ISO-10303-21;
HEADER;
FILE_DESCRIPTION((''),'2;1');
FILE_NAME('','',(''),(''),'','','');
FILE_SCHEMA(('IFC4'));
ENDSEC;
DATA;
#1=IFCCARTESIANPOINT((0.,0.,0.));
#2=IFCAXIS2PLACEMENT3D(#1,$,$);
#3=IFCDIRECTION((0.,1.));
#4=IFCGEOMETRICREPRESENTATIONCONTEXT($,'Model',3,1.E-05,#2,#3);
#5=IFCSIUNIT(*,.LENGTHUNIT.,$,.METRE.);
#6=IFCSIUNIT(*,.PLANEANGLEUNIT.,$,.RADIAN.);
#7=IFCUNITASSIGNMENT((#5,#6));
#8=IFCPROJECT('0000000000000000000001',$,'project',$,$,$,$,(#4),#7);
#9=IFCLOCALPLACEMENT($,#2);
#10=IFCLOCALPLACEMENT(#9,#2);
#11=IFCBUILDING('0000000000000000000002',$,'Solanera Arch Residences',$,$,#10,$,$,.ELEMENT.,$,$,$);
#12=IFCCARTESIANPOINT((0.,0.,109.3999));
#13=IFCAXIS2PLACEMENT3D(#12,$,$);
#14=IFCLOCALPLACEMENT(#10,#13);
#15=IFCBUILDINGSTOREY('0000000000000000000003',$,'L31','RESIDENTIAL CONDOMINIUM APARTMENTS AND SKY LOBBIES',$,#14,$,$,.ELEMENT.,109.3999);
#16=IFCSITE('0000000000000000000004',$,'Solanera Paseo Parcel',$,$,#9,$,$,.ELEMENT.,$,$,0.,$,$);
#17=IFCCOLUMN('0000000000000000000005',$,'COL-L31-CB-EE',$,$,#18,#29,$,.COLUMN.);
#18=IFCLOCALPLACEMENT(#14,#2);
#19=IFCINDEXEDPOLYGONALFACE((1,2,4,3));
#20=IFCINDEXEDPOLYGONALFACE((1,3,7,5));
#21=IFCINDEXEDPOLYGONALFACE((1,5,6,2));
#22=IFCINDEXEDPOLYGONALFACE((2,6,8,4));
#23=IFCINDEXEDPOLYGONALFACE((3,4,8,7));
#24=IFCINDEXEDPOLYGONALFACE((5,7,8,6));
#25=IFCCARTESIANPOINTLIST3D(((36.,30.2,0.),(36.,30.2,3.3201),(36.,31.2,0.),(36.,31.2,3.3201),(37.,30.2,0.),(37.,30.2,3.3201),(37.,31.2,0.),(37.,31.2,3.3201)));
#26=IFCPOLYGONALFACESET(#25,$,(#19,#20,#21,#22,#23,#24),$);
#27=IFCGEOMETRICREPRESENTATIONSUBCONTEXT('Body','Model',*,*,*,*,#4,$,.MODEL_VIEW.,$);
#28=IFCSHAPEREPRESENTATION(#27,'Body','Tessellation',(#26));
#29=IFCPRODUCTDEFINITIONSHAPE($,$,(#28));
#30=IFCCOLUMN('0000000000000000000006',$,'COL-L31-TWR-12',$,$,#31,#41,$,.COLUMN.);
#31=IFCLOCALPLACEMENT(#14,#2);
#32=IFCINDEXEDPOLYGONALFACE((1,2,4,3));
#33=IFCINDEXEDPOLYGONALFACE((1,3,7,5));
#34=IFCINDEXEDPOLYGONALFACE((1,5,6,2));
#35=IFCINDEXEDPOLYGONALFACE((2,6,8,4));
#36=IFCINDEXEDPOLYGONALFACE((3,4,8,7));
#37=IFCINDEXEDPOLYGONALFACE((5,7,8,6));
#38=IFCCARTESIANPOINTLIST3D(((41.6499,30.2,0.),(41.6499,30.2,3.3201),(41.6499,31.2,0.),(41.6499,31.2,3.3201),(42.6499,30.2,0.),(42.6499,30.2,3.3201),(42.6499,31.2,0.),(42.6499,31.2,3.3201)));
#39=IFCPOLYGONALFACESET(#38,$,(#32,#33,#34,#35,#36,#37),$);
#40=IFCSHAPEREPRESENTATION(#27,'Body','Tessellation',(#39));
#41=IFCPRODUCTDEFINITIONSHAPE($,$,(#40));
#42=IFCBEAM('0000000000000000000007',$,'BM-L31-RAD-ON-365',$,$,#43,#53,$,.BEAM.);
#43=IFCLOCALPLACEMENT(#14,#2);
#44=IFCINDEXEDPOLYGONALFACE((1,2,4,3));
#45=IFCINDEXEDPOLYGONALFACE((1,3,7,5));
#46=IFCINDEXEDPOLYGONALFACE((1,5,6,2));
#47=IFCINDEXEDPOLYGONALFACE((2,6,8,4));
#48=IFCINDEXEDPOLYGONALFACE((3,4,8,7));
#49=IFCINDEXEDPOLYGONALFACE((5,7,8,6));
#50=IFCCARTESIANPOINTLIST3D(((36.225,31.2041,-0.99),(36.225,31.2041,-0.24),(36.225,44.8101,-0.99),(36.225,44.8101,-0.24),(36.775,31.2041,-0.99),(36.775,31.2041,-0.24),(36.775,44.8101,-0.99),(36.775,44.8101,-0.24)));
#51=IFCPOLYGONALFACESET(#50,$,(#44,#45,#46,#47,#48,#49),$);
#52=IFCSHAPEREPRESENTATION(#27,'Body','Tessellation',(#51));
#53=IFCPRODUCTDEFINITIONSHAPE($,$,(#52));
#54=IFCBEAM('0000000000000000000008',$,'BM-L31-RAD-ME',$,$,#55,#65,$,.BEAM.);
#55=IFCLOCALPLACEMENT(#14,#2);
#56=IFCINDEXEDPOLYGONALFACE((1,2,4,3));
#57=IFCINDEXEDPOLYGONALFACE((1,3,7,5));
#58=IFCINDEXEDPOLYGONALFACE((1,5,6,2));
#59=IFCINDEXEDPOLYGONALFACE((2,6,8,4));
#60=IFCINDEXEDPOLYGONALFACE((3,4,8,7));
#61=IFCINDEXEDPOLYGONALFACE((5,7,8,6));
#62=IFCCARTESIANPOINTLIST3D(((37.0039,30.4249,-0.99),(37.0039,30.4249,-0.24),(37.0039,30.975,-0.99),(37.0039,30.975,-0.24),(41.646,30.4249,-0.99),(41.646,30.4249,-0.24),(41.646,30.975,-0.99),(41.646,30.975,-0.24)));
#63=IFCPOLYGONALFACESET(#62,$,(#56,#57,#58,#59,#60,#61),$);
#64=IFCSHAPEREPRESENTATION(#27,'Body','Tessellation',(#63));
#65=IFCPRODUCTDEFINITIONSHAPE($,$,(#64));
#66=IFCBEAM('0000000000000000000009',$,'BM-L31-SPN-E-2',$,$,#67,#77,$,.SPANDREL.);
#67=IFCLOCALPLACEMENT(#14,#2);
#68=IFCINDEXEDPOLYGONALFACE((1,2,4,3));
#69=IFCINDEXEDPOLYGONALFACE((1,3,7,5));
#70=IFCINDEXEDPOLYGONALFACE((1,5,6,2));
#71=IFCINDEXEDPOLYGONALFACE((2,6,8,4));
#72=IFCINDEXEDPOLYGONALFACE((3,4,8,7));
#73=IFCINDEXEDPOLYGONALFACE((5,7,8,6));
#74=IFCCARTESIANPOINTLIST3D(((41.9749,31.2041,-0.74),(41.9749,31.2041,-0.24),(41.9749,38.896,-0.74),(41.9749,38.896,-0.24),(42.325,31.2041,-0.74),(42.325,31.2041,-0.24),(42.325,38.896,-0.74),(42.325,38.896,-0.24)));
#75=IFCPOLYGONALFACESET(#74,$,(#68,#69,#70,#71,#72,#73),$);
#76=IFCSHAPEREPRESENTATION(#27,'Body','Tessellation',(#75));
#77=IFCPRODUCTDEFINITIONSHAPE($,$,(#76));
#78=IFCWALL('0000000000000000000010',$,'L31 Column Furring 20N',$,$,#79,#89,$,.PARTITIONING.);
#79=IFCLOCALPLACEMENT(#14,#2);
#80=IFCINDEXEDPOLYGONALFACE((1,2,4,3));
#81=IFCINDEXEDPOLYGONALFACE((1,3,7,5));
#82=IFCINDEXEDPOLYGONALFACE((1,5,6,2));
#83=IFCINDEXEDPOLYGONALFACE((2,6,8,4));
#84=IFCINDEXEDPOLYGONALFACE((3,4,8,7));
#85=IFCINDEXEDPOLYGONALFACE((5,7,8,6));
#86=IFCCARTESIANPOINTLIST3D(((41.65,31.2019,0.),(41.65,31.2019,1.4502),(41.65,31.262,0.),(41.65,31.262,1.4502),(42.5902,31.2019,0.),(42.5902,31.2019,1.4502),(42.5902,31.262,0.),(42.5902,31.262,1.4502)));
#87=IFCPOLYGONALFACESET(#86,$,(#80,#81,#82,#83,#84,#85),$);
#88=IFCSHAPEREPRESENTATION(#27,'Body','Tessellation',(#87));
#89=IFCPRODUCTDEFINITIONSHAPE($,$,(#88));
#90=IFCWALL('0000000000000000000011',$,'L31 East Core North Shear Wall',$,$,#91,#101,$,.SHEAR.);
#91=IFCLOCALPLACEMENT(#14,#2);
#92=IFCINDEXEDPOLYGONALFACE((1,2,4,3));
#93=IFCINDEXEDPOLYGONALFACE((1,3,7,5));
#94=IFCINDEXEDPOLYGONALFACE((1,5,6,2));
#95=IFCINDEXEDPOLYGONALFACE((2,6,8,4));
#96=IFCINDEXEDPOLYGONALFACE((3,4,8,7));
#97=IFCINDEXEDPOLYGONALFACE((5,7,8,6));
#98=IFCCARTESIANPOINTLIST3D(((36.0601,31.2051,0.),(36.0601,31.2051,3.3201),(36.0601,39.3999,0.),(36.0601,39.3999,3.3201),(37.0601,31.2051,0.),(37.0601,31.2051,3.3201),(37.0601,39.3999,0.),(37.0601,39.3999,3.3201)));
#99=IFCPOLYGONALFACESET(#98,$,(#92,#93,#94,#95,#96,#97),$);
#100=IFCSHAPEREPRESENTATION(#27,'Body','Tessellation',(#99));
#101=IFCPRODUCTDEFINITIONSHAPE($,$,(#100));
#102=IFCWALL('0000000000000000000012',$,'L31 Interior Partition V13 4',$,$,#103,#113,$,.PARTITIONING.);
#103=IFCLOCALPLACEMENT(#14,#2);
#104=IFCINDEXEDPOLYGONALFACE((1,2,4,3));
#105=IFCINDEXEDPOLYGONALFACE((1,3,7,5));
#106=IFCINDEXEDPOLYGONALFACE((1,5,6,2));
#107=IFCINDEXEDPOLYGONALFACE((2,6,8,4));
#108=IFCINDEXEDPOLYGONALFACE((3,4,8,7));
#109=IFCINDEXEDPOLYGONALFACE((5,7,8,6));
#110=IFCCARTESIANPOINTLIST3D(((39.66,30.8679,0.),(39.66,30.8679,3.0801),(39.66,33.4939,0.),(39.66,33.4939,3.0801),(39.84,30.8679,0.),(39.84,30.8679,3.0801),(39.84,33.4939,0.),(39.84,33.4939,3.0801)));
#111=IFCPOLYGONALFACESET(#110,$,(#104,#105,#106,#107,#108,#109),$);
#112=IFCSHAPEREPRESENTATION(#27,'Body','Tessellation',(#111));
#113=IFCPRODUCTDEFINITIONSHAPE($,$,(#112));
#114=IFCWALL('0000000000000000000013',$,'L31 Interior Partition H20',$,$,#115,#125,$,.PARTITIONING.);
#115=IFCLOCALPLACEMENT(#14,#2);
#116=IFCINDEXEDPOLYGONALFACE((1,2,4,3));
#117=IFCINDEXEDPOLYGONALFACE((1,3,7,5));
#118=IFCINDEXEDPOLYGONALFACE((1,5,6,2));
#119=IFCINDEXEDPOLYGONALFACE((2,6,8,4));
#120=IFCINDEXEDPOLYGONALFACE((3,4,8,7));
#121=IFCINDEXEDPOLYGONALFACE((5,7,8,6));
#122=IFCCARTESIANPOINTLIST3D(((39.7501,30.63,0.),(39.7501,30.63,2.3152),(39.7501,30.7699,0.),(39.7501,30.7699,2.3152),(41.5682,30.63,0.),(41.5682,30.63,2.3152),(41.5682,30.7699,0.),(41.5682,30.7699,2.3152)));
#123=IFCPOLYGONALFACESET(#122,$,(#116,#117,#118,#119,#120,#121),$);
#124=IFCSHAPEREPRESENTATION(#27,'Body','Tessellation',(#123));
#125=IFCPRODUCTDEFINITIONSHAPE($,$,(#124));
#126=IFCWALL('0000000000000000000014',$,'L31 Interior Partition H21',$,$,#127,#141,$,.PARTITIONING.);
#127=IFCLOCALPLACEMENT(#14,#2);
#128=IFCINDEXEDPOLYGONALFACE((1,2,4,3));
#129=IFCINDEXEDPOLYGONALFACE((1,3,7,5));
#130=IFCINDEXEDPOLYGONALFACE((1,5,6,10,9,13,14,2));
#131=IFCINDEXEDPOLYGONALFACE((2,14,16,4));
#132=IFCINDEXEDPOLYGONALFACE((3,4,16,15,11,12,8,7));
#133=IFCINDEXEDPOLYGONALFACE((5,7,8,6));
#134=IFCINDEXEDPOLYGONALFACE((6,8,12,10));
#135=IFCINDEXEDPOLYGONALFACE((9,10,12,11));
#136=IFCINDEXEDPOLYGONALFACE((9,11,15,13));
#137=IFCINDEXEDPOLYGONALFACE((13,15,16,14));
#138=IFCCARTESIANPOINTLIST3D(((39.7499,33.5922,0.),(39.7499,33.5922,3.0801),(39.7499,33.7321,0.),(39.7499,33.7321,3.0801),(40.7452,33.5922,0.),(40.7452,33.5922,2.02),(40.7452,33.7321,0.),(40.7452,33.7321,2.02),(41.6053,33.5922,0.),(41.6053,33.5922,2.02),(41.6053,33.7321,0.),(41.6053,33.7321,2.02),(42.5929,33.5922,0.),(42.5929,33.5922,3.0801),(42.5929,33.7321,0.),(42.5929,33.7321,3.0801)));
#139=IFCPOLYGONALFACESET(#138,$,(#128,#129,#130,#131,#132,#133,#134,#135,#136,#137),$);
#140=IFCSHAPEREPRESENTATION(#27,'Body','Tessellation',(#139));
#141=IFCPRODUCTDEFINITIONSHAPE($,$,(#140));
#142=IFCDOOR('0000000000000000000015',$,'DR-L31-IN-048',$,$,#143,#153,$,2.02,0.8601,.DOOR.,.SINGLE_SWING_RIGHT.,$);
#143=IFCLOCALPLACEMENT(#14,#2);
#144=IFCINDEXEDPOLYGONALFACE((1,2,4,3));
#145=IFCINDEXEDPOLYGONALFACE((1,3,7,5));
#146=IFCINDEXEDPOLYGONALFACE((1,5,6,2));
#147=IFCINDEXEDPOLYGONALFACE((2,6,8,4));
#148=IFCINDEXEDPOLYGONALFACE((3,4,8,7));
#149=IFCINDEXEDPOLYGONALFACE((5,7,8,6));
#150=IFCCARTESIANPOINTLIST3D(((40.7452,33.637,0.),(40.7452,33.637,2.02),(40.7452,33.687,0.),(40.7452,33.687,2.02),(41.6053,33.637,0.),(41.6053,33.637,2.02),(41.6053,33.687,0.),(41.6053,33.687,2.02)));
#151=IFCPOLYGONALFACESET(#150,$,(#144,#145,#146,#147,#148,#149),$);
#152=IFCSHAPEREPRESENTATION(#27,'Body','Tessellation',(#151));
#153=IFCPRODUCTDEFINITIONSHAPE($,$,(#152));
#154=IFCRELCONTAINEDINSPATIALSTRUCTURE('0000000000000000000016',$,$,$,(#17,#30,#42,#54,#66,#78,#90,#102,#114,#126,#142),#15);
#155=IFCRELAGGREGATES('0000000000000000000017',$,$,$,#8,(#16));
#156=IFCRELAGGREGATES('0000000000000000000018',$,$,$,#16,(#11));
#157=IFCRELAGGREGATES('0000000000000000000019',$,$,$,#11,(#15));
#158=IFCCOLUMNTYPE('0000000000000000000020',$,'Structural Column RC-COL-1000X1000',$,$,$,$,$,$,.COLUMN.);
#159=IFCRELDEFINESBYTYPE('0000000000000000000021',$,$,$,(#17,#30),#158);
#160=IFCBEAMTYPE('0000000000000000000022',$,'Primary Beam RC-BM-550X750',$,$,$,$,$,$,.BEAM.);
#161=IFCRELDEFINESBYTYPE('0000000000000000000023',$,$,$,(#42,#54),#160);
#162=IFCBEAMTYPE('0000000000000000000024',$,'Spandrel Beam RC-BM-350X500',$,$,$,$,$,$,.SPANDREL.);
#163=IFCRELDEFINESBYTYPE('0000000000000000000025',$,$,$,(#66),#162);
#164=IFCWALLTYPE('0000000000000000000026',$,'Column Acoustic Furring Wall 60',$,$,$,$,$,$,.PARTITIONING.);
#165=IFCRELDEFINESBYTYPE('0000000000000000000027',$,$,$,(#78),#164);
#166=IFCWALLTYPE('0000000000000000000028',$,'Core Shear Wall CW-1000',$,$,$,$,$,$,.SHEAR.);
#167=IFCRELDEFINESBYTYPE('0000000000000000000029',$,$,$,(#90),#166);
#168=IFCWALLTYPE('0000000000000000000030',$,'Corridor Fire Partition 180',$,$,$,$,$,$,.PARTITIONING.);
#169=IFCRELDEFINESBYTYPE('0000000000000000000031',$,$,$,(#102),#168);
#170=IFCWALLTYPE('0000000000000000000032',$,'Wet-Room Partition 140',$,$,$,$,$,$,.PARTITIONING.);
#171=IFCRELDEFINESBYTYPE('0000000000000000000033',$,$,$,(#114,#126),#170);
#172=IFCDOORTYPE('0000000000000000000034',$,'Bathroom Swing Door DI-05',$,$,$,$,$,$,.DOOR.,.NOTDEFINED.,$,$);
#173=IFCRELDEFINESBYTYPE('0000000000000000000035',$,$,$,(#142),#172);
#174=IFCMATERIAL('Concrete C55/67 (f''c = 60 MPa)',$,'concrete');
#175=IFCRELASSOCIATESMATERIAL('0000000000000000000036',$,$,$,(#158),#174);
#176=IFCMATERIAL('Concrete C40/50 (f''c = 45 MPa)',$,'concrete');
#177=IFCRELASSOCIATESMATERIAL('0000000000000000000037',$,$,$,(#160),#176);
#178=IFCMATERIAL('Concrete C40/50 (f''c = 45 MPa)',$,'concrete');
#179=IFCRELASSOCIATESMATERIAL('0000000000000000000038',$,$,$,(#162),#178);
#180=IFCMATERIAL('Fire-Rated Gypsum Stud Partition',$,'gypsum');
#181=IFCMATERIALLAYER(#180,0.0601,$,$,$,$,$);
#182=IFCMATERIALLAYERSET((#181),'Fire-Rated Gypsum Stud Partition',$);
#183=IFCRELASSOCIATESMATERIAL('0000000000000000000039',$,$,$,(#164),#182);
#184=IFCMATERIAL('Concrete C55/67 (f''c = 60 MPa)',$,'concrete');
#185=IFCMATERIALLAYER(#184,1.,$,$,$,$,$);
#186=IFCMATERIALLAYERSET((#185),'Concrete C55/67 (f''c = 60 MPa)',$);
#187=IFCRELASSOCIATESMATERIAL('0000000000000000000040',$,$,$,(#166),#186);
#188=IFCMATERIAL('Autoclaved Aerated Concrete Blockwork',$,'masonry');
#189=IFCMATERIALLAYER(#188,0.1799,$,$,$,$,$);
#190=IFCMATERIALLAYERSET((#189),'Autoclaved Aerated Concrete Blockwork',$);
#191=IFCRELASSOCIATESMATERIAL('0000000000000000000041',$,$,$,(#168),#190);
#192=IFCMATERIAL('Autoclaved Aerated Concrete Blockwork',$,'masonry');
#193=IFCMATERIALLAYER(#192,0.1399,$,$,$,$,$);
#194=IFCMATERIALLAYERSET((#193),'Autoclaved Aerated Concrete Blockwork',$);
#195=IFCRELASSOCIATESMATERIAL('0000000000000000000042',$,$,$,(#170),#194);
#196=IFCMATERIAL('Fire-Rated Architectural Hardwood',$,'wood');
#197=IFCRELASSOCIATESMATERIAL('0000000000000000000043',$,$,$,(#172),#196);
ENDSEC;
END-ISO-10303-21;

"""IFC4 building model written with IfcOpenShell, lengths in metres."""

from ifc_helpers import new_model, si_unit, direction, frame, frame_2d, origin, origin_2d, place, context, subcontext, project, spatial, rectangle, extrude, material, layer, layer_set, material_profile, profile_set, type_object, element, fill, save


model = new_model("IFC4")

# Units and contexts
model_context = context("Model", 3, precision=1e-05, world=origin(), true_north=direction((0.0, 1.0)))
body_context = subcontext(model_context, "Body", "Model", "MODEL_VIEW")
ifc_project = project(units=[si_unit("LENGTHUNIT", "METRE"), si_unit("PLANEANGLEUNIT", "RADIAN")], contexts=[model_context])

# Site, building, storey
site_placement = place(None, origin())
site = spatial("IfcSite", under=ifc_project, at=site_placement, Name="Solanera Paseo Parcel", CompositionType="ELEMENT", RefElevation=0.0)
building_placement = place(site_placement, origin())
building = spatial("IfcBuilding", under=site, at=building_placement, Name="Solanera Arch Residences", CompositionType="ELEMENT")
storey_placement = place(building_placement, frame((0.0, 0.0, 109.3999)))
storey = spatial("IfcBuildingStorey", under=building, at=storey_placement, Name="L31", Description="RESIDENTIAL CONDOMINIUM APARTMENTS AND SKY LOBBIES", CompositionType="ELEMENT", Elevation=109.3999)

# Columns
ifc_material_1 = material(Name="Concrete C55/67 (f'c = 60 MPa)", Category="concrete")
ifc_material_profile_1 = material_profile(ifc_material_1, rectangle(XDim=1.0, YDim=1.0, at=origin_2d()))
ifc_profile_set_1 = profile_set([ifc_material_profile_1], Name="Concrete C55/67 (f'c = 60 MPa)")
column_type = type_object("IfcColumnType", Name="Structural Column RC-COL-1000X1000", PredefinedType="COLUMN", material=ifc_profile_set_1)
for number, where, z_axis, x_axis, name in (
    (1, (36.5, 30.7, 0.0), (0.0, 0.0, 1.0), (1.0, 0.0, 0.0), "COL-L31-CB-EE"),
    (2, (42.1499, 30.7, 0.0), (0.0, 0.0, 1.0), (1.0, 0.0, 0.0), "COL-L31-TWR-12"),
):
    element("IfcColumn", number, at=place(storey_placement, frame(where, z_axis=z_axis, x_axis=x_axis)), inside=storey, type_object=column_type, Name=name, PredefinedType="COLUMN", context=body_context, shape_type="SweptSolid", body=[
        extrude(rectangle(XDim=1.0, YDim=1.0, at=origin_2d()), origin(), (0.0, 0.0, 1.0), 3.3201),
    ])

# Beams
ifc_material_2 = material(Name="Concrete C40/50 (f'c = 45 MPa)", Category="concrete")
ifc_material_profile_2 = material_profile(ifc_material_2, rectangle(XDim=0.55, YDim=0.75, at=origin_2d()))
ifc_profile_set_2 = profile_set([ifc_material_profile_2], Name="Concrete C40/50 (f'c = 45 MPa)")
beam_type_1 = type_object("IfcBeamType", Name="Primary Beam RC-BM-550X750", PredefinedType="BEAM", material=ifc_profile_set_2)
beam_1_placement = place(storey_placement, frame((36.5, 31.2041, -0.615), z_axis=(0.0, 1.0, 0.0), x_axis=(-1.0, 0.0, 0.0)))
element("IfcBeam", 3, at=beam_1_placement, inside=storey, type_object=beam_type_1, Name="BM-L31-RAD-ON-365", PredefinedType="BEAM", context=body_context, shape_type="SweptSolid", body=[
    extrude(rectangle(XDim=0.55, YDim=0.75, at=origin_2d()), origin(), (0.0, 0.0, 1.0), 13.606),
])
beam_2_placement = place(storey_placement, frame((37.0039, 30.7, -0.615), z_axis=(1.0, 0.0, 0.0), x_axis=(0.0, 1.0, 0.0)))
element("IfcBeam", 4, at=beam_2_placement, inside=storey, type_object=beam_type_1, Name="BM-L31-RAD-ME", PredefinedType="BEAM", context=body_context, shape_type="SweptSolid", body=[
    extrude(rectangle(XDim=0.55, YDim=0.75, at=origin_2d()), origin(), (0.0, 0.0, 1.0), 4.6421),
])
ifc_material_3 = material(Name="Concrete C40/50 (f'c = 45 MPa)", Category="concrete")
ifc_material_profile_3 = material_profile(ifc_material_3, rectangle(XDim=0.3501, YDim=0.5, at=origin_2d()))
ifc_profile_set_3 = profile_set([ifc_material_profile_3], Name="Concrete C40/50 (f'c = 45 MPa)")
beam_type_2 = type_object("IfcBeamType", Name="Spandrel Beam RC-BM-350X500", PredefinedType="SPANDREL", material=ifc_profile_set_3)
beam_3_placement = place(storey_placement, frame((42.1499, 31.2041, -0.49), z_axis=(0.0, 1.0, 0.0), x_axis=(-1.0, 0.0, 0.0)))
element("IfcBeam", 5, at=beam_3_placement, inside=storey, type_object=beam_type_2, Name="BM-L31-SPN-E-2", PredefinedType="SPANDREL", context=body_context, shape_type="SweptSolid", body=[
    extrude(rectangle(XDim=0.3501, YDim=0.5, at=origin_2d()), origin(), (0.0, 0.0, 1.0), 7.6919),
])

# Walls
ifc_material_4 = material(Name="Fire-Rated Gypsum Stud Partition", Category="gypsum")
ifc_layer_1 = layer(ifc_material_4, 0.0601)
ifc_layer_set_1 = layer_set([ifc_layer_1], Name="Fire-Rated Gypsum Stud Partition")
wall_type_1 = type_object("IfcWallType", Name="Column Acoustic Furring Wall 60", PredefinedType="PARTITIONING", material=ifc_layer_set_1)
wall_1_placement = place(storey_placement, frame((41.6499, 31.2319, 0.0), z_axis=(0.0, 0.0, 1.0), x_axis=(1.0, 0.0, 0.0)))
element("IfcWall", 6, at=wall_1_placement, inside=storey, type_object=wall_type_1, Name="L31 Column Furring 20N", PredefinedType="PARTITIONING", context=body_context, shape_type="SweptSolid", body=[
    extrude(rectangle(XDim=0.9402, YDim=0.0601, at=frame_2d((0.4702, 0.0))), origin(), (0.0, 0.0, 1.0), 1.4502),
])
ifc_material_5 = material(Name="Concrete C55/67 (f'c = 60 MPa)", Category="concrete")
ifc_layer_2 = layer(ifc_material_5, 1.0)
ifc_layer_set_2 = layer_set([ifc_layer_2], Name="Concrete C55/67 (f'c = 60 MPa)")
wall_type_2 = type_object("IfcWallType", Name="Core Shear Wall CW-1000", PredefinedType="SHEAR", material=ifc_layer_set_2)
wall_2_placement = place(storey_placement, frame((36.5601, 31.2051, 0.0), z_axis=(0.0, 0.0, 1.0), x_axis=(0.0, 1.0, 0.0)))
element("IfcWall", 7, at=wall_2_placement, inside=storey, type_object=wall_type_2, Name="L31 East Core North Shear Wall", PredefinedType="SHEAR", context=body_context, shape_type="SweptSolid", body=[
    extrude(rectangle(XDim=8.1948, YDim=1.0, at=frame_2d((4.0974, 0.0))), origin(), (0.0, 0.0, 1.0), 3.3201),
])

# Wall
ifc_material_6 = material(Name="Autoclaved Aerated Concrete Blockwork", Category="masonry")
ifc_layer_3 = layer(ifc_material_6, 0.1799)
ifc_layer_set_3 = layer_set([ifc_layer_3], Name="Autoclaved Aerated Concrete Blockwork")
wall_type_3 = type_object("IfcWallType", Name="Corridor Fire Partition 180", PredefinedType="PARTITIONING", material=ifc_layer_set_3)
wall_3_placement = place(storey_placement, frame((39.75, 30.8679, 0.0), z_axis=(0.0, 0.0, 1.0), x_axis=(0.0, 1.0, 0.0)))
element("IfcWall", 8, at=wall_3_placement, inside=storey, type_object=wall_type_3, Name="L31 Interior Partition V13 4", PredefinedType="PARTITIONING", context=body_context, shape_type="SweptSolid", body=[
    extrude(rectangle(XDim=2.626, YDim=0.1799, at=frame_2d((1.313, 0.0))), origin(), (0.0, 0.0, 1.0), 3.0801),
])

# Wall
ifc_material_7 = material(Name="Autoclaved Aerated Concrete Blockwork", Category="masonry")
ifc_layer_4 = layer(ifc_material_7, 0.1399)
ifc_layer_set_4 = layer_set([ifc_layer_4], Name="Autoclaved Aerated Concrete Blockwork")
wall_type_4 = type_object("IfcWallType", Name="Wet-Room Partition 140", PredefinedType="PARTITIONING", material=ifc_layer_set_4)
wall_4_placement = place(storey_placement, frame((39.75, 30.7, 0.0), z_axis=(0.0, 0.0, 1.0), x_axis=(1.0, 0.0, 0.0)))
element("IfcWall", 9, at=wall_4_placement, inside=storey, type_object=wall_type_4, Name="L31 Interior Partition H20", PredefinedType="PARTITIONING", context=body_context, shape_type="SweptSolid", body=[
    extrude(rectangle(XDim=1.8181, YDim=0.1399, at=frame_2d((0.9092, 0.0))), origin(), (0.0, 0.0, 1.0), 2.3152),
])

# Wall, opening, door
wall_5_placement = place(storey_placement, frame((39.75, 33.6621, 0.0), z_axis=(0.0, 0.0, 1.0), x_axis=(1.0, 0.0, 0.0)))
wall_5 = element("IfcWall", 10, at=wall_5_placement, inside=storey, type_object=wall_type_4, Name="L31 Interior Partition H21", PredefinedType="PARTITIONING", context=body_context, shape_type="SweptSolid", body=[
    extrude(rectangle(XDim=2.843, YDim=0.1399, at=frame_2d((1.4214, 0.0))), origin(), (0.0, 0.0, 1.0), 3.0801),
])
opening_1_placement = place(wall_5_placement, frame((0.9951, 0.0, 0.0)))
opening_1 = element("IfcOpeningElement", 11, at=opening_1_placement, cuts=wall_5, PredefinedType="OPENING", context=body_context, shape_type="SweptSolid", body=[
    extrude(rectangle(XDim=0.8601, YDim=2.02, at=frame_2d((0.4302, 1.01))), frame((0.0, 0.0798, 0.0), z_axis=(0.0, -1.0, 0.0), x_axis=(1.0, 0.0, 0.0)), (0.0, 0.0, 1.0), 0.1599),
])
ifc_material_8 = material(Name="Fire-Rated Architectural Hardwood", Category="wood")
door_type_1 = type_object("IfcDoorType", Name="Bathroom Swing Door DI-05", OperationType="NOTDEFINED", PredefinedType="DOOR", material=ifc_material_8)
door_1_placement = place(opening_1_placement, origin())
door_1 = element("IfcDoor", 12, at=door_1_placement, inside=storey, type_object=door_type_1, Name="DR-L31-IN-048", OperationType="SINGLE_SWING_RIGHT", OverallHeight=2.02, OverallWidth=0.8601, PredefinedType="DOOR", context=body_context, shape_type="SweptSolid", body=[
    extrude(rectangle(XDim=0.8601, YDim=2.02, at=frame_2d((0.4302, 1.01))), frame((0.0, 0.0249, 0.0), z_axis=(0.0, -1.0, 0.0), x_axis=(1.0, 0.0, 0.0)), (0.0, 0.0, 1.0), 0.05),
])
fill(opening_1, door_1)

save(model, "model.ifc")
